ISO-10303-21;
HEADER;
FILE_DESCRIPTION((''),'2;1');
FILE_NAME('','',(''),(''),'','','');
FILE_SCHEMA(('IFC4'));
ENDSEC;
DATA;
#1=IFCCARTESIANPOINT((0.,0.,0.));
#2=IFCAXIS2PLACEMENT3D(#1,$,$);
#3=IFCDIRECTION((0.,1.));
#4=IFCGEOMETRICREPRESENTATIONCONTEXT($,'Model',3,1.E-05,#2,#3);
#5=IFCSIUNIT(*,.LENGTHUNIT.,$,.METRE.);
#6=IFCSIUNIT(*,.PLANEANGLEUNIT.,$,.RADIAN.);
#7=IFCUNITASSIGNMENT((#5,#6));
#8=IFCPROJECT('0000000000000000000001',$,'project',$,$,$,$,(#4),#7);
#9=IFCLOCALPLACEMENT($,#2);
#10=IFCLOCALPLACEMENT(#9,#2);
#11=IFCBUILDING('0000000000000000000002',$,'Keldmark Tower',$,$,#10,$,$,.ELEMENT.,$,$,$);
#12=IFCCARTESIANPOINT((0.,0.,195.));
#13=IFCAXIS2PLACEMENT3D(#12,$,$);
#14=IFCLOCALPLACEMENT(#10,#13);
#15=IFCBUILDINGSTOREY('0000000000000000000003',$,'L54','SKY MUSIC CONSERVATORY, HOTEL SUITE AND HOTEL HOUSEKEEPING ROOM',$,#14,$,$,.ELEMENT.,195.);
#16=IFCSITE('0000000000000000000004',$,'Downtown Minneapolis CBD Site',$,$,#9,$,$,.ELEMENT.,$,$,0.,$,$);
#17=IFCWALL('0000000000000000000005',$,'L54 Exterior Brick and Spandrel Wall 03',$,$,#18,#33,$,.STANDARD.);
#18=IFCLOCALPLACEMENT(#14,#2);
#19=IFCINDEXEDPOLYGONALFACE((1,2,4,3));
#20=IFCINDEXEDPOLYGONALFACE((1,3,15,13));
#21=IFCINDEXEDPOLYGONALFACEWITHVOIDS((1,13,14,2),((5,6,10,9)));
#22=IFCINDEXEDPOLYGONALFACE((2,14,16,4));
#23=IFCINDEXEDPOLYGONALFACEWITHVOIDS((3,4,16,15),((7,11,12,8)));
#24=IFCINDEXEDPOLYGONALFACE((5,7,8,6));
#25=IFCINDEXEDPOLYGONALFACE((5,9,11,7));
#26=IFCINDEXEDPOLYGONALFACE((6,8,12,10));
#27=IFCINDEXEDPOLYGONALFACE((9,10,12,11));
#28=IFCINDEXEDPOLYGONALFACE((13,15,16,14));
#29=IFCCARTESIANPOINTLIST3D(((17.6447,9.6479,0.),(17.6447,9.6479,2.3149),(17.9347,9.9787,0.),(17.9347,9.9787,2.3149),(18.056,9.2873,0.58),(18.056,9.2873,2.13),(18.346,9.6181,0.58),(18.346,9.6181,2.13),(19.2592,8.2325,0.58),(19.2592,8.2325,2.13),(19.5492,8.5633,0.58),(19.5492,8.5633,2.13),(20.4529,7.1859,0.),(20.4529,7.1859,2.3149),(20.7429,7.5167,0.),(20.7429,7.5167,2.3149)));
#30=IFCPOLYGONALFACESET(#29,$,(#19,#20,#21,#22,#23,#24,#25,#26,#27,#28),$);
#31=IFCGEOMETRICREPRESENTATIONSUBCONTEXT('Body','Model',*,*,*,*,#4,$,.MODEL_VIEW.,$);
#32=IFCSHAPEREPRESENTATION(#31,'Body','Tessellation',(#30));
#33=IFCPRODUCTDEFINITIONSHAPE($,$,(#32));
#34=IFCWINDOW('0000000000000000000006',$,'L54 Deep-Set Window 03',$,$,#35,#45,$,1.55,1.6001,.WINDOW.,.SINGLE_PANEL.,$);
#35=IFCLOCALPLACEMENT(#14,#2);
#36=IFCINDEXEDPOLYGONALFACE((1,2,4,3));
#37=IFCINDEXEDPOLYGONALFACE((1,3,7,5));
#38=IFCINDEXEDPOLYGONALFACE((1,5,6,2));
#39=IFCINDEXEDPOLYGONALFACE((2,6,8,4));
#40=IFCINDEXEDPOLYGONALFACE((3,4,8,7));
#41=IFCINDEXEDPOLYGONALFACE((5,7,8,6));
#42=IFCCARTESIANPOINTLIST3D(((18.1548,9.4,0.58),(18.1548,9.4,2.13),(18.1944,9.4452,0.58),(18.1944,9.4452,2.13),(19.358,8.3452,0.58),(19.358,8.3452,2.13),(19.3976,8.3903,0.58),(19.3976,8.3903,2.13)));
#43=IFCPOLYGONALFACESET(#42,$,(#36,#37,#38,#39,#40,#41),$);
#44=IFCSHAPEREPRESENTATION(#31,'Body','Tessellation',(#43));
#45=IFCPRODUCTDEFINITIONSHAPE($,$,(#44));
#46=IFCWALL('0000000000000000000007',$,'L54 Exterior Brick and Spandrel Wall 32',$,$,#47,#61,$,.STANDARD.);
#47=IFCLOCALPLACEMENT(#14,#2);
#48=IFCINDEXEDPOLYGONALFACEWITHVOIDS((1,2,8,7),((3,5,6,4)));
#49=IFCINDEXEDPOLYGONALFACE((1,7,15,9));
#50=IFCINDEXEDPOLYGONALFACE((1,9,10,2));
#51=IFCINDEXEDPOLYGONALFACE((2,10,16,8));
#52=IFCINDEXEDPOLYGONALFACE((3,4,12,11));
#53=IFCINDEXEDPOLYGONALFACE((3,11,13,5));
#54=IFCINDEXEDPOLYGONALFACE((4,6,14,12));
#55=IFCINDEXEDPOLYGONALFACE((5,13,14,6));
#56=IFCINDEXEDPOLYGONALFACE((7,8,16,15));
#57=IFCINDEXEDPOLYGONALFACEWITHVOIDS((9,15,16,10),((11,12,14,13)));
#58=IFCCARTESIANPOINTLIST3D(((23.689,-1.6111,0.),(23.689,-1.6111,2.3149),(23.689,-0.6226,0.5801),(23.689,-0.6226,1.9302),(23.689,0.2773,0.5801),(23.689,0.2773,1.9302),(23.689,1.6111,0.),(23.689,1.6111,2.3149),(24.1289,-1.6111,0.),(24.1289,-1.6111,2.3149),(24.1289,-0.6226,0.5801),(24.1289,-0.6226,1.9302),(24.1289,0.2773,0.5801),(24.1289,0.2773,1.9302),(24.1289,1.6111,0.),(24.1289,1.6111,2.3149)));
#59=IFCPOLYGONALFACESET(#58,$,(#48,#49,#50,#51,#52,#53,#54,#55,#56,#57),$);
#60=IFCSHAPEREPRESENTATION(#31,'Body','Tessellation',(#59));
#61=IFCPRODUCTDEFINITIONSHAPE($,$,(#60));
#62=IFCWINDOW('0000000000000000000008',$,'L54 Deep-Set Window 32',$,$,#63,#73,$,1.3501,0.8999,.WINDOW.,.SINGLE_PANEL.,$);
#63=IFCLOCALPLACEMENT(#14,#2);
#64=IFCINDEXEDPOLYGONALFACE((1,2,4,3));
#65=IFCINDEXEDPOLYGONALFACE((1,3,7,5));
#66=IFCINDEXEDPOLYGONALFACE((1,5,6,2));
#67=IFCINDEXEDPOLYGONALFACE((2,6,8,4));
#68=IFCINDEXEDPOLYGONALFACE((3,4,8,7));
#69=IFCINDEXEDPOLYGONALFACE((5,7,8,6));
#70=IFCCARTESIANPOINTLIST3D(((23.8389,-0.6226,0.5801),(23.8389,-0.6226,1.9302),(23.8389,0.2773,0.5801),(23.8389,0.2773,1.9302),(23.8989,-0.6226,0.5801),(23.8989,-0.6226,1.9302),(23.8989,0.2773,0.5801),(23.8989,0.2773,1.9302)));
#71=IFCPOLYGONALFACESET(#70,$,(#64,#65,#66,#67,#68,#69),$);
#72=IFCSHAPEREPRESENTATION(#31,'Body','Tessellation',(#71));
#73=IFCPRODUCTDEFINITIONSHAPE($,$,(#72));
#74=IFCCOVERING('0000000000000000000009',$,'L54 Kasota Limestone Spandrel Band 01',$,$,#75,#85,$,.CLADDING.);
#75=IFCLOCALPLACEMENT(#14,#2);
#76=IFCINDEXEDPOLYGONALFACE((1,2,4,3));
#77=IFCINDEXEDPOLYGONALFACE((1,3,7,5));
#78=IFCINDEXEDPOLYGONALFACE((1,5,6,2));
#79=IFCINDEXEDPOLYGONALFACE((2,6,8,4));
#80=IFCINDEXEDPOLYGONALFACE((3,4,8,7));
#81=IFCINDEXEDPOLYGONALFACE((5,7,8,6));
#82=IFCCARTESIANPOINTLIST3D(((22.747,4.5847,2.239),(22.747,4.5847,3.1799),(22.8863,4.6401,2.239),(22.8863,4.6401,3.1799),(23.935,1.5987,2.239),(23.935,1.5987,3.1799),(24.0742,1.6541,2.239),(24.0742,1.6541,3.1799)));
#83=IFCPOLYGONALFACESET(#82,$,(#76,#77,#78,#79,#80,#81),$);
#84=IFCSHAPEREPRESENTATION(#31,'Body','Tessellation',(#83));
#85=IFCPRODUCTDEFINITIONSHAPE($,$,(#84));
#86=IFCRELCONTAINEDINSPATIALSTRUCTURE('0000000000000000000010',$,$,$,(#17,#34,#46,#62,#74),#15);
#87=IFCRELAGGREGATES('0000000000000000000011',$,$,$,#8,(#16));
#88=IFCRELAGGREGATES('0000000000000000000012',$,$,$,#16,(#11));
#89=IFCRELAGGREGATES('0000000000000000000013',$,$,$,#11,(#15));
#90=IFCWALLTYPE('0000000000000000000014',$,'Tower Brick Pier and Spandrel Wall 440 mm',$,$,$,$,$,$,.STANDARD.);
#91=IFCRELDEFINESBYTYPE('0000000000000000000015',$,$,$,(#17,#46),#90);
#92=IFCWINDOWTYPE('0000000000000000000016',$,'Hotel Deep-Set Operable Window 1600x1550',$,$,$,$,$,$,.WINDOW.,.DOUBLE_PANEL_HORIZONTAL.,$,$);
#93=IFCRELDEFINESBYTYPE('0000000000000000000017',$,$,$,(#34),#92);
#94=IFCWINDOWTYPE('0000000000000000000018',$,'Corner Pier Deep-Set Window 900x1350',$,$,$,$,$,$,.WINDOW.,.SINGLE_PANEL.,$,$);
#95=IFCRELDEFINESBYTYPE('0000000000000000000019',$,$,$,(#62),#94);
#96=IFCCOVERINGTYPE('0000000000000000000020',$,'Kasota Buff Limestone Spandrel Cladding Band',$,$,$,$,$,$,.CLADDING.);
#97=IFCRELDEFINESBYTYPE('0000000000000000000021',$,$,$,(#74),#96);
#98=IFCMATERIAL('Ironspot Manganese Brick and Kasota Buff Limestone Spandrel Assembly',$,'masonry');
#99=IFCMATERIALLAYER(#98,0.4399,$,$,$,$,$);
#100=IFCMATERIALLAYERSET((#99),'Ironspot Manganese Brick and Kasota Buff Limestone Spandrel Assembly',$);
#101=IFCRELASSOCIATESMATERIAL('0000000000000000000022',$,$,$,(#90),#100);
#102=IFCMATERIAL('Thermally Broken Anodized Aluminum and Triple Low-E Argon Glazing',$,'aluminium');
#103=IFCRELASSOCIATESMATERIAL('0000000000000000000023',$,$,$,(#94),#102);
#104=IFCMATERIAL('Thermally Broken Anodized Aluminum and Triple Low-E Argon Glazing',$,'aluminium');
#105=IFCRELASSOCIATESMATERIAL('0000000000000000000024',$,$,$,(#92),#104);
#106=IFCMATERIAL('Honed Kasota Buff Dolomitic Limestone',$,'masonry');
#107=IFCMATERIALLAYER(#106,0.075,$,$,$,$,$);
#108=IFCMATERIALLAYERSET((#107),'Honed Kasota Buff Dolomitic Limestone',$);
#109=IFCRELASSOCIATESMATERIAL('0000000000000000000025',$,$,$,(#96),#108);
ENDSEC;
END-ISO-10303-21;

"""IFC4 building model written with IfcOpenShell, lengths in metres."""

from ifc_helpers import new_model, si_unit, direction, frame, frame_2d, origin, origin_2d, place, context, subcontext, project, spatial, rectangle, extrude, material, layer, layer_set, type_object, element, fill, save


model = new_model("IFC4")

# Units and contexts
model_context = context("Model", 3, precision=1e-05, world=origin(), true_north=direction((0.0, 1.0)))
body_context = subcontext(model_context, "Body", "Model", "MODEL_VIEW")
ifc_project = project(units=[si_unit("LENGTHUNIT", "METRE"), si_unit("PLANEANGLEUNIT", "RADIAN")], contexts=[model_context])

# Site, building, storey
site_placement = place(None, origin())
site = spatial("IfcSite", under=ifc_project, at=site_placement, Name="Downtown Minneapolis CBD Site", CompositionType="ELEMENT", RefElevation=0.0)
building_placement = place(site_placement, origin())
building = spatial("IfcBuilding", under=site, at=building_placement, Name="Keldmark Tower", CompositionType="ELEMENT")
storey_placement = place(building_placement, frame((0.0, 0.0, 195.0)))
storey = spatial("IfcBuildingStorey", under=building, at=storey_placement, Name="L54", Description="SKY MUSIC CONSERVATORY, HOTEL SUITE AND HOTEL HOUSEKEEPING ROOM", CompositionType="ELEMENT", Elevation=195.0)

# Walls, openings, windows
ifc_material_1 = material(Name="Ironspot Manganese Brick and Kasota Buff Limestone Spandrel Assembly", Category="masonry")
ifc_layer_1 = layer(ifc_material_1, 0.4399)
ifc_layer_set_1 = layer_set([ifc_layer_1], Name="Ironspot Manganese Brick and Kasota Buff Limestone Spandrel Assembly")
wall_type = type_object("IfcWallType", Name="Tower Brick Pier and Spandrel Wall 440 mm", PredefinedType="STANDARD", material=ifc_layer_set_1)
ifc_material_2 = material(Name="Thermally Broken Anodized Aluminum and Triple Low-E Argon Glazing", Category="aluminium")
window_type_1 = type_object("IfcWindowType", Name="Corner Pier Deep-Set Window 900x1350", PartitioningType="SINGLE_PANEL", PredefinedType="WINDOW", material=ifc_material_2)
ifc_material_3 = material(Name="Thermally Broken Anodized Aluminum and Triple Low-E Argon Glazing", Category="aluminium")
window_type_2 = type_object("IfcWindowType", Name="Hotel Deep-Set Operable Window 1600x1550", PartitioningType="DOUBLE_PANEL_HORIZONTAL", PredefinedType="WINDOW", material=ifc_material_3)
wall_1_placement = place(storey_placement, frame((17.7898, 9.8132, 0.0), z_axis=(0.0, 0.0, 1.0), x_axis=(0.751936, -0.659236, 0.0)))
wall_1 = element("IfcWall", 1, at=wall_1_placement, inside=storey, type_object=wall_type, Name="L54 Exterior Brick and Spandrel Wall 03", PredefinedType="STANDARD", context=body_context, shape_type="SweptSolid", body=[
    extrude(rectangle(XDim=3.7346, YDim=0.4399, at=frame_2d((1.8672, 0.0))), origin(), (0.0, 0.0, 1.0), 2.3149),
])
opening_1_placement = place(wall_1_placement, frame((0.5469, 0.0, 0.5801)))
opening_1 = element("IfcOpeningElement", 2, at=opening_1_placement, cuts=wall_1, PredefinedType="OPENING", context=body_context, shape_type="SweptSolid", body=[
    extrude(rectangle(XDim=1.6001, YDim=1.55, at=frame_2d((0.8, 0.7749))), frame((0.0, 0.23, 0.0), z_axis=(0.0, -1.0, 0.0), x_axis=(1.0, 0.0, 0.0)), (0.0, 0.0, 1.0), 0.46),
])
window_1_placement = place(opening_1_placement, origin())
window_1 = element("IfcWindow", 3, at=window_1_placement, inside=storey, type_object=window_type_2, Name="L54 Deep-Set Window 03", OverallHeight=1.55, OverallWidth=1.6001, PartitioningType="SINGLE_PANEL", PredefinedType="WINDOW", context=body_context, shape_type="SweptSolid", body=[
    extrude(rectangle(XDim=1.6001, YDim=1.55, at=frame_2d((0.8, 0.7749))), frame((0.0, -0.01, 0.0), z_axis=(0.0, -1.0, 0.0), x_axis=(1.0, 0.0, 0.0)), (0.0, 0.0, 1.0), 0.0601),
])
fill(opening_1, window_1)
wall_2_placement = place(storey_placement, frame((23.9089, 1.6111, 0.0), z_axis=(0.0, 0.0, 1.0), x_axis=(0.0, -1.0, 0.0)))
wall_2 = element("IfcWall", 4, at=wall_2_placement, inside=storey, type_object=wall_type, Name="L54 Exterior Brick and Spandrel Wall 32", PredefinedType="STANDARD", context=body_context, shape_type="SweptSolid", body=[
    extrude(rectangle(XDim=3.2222, YDim=0.4399, at=frame_2d((1.6111, 0.0))), origin(), (0.0, 0.0, 1.0), 2.3149),
])
opening_2_placement = place(wall_2_placement, frame((1.3337, 0.0, 0.5801)))
opening_2 = element("IfcOpeningElement", 5, at=opening_2_placement, cuts=wall_2, PredefinedType="OPENING", context=body_context, shape_type="SweptSolid", body=[
    extrude(rectangle(XDim=0.8999, YDim=1.3501, at=frame_2d((0.45, 0.675))), frame((0.0, 0.23, 0.0), z_axis=(0.0, -1.0, 0.0), x_axis=(1.0, 0.0, 0.0)), (0.0, 0.0, 1.0), 0.46),
])
window_2_placement = place(opening_2_placement, origin())
window_2 = element("IfcWindow", 6, at=window_2_placement, inside=storey, type_object=window_type_1, Name="L54 Deep-Set Window 32", OverallHeight=1.3501, OverallWidth=0.8999, PartitioningType="SINGLE_PANEL", PredefinedType="WINDOW", context=body_context, shape_type="SweptSolid", body=[
    extrude(rectangle(XDim=0.8999, YDim=1.3501, at=frame_2d((0.45, 0.675))), frame((0.0, -0.01, 0.0), z_axis=(0.0, -1.0, 0.0), x_axis=(1.0, 0.0, 0.0)), (0.0, 0.0, 1.0), 0.0601),
])
fill(opening_2, window_2)

# Covering
ifc_material_4 = material(Name="Honed Kasota Buff Dolomitic Limestone", Category="masonry")
ifc_layer_2 = layer(ifc_material_4, 0.075)
ifc_layer_set_2 = layer_set([ifc_layer_2], Name="Honed Kasota Buff Dolomitic Limestone")
covering_type = type_object("IfcCoveringType", Name="Kasota Buff Limestone Spandrel Cladding Band", PredefinedType="CLADDING", material=ifc_layer_set_2)
covering_placement = place(storey_placement, frame((23.4106, 3.1194, 2.239), z_axis=(0.0, 0.0, 1.0), x_axis=(-0.369649, 0.929171, 0.0)))
element("IfcCovering", 7, at=covering_placement, inside=storey, type_object=covering_type, Name="L54 Kasota Limestone Spandrel Band 01", PredefinedType="CLADDING", context=body_context, shape_type="SweptSolid", body=[
    extrude(rectangle(XDim=3.2136, YDim=0.1499, at=origin_2d()), origin(), (0.0, 0.0, 1.0), 0.9409),
])

save(model, "model.ifc")
